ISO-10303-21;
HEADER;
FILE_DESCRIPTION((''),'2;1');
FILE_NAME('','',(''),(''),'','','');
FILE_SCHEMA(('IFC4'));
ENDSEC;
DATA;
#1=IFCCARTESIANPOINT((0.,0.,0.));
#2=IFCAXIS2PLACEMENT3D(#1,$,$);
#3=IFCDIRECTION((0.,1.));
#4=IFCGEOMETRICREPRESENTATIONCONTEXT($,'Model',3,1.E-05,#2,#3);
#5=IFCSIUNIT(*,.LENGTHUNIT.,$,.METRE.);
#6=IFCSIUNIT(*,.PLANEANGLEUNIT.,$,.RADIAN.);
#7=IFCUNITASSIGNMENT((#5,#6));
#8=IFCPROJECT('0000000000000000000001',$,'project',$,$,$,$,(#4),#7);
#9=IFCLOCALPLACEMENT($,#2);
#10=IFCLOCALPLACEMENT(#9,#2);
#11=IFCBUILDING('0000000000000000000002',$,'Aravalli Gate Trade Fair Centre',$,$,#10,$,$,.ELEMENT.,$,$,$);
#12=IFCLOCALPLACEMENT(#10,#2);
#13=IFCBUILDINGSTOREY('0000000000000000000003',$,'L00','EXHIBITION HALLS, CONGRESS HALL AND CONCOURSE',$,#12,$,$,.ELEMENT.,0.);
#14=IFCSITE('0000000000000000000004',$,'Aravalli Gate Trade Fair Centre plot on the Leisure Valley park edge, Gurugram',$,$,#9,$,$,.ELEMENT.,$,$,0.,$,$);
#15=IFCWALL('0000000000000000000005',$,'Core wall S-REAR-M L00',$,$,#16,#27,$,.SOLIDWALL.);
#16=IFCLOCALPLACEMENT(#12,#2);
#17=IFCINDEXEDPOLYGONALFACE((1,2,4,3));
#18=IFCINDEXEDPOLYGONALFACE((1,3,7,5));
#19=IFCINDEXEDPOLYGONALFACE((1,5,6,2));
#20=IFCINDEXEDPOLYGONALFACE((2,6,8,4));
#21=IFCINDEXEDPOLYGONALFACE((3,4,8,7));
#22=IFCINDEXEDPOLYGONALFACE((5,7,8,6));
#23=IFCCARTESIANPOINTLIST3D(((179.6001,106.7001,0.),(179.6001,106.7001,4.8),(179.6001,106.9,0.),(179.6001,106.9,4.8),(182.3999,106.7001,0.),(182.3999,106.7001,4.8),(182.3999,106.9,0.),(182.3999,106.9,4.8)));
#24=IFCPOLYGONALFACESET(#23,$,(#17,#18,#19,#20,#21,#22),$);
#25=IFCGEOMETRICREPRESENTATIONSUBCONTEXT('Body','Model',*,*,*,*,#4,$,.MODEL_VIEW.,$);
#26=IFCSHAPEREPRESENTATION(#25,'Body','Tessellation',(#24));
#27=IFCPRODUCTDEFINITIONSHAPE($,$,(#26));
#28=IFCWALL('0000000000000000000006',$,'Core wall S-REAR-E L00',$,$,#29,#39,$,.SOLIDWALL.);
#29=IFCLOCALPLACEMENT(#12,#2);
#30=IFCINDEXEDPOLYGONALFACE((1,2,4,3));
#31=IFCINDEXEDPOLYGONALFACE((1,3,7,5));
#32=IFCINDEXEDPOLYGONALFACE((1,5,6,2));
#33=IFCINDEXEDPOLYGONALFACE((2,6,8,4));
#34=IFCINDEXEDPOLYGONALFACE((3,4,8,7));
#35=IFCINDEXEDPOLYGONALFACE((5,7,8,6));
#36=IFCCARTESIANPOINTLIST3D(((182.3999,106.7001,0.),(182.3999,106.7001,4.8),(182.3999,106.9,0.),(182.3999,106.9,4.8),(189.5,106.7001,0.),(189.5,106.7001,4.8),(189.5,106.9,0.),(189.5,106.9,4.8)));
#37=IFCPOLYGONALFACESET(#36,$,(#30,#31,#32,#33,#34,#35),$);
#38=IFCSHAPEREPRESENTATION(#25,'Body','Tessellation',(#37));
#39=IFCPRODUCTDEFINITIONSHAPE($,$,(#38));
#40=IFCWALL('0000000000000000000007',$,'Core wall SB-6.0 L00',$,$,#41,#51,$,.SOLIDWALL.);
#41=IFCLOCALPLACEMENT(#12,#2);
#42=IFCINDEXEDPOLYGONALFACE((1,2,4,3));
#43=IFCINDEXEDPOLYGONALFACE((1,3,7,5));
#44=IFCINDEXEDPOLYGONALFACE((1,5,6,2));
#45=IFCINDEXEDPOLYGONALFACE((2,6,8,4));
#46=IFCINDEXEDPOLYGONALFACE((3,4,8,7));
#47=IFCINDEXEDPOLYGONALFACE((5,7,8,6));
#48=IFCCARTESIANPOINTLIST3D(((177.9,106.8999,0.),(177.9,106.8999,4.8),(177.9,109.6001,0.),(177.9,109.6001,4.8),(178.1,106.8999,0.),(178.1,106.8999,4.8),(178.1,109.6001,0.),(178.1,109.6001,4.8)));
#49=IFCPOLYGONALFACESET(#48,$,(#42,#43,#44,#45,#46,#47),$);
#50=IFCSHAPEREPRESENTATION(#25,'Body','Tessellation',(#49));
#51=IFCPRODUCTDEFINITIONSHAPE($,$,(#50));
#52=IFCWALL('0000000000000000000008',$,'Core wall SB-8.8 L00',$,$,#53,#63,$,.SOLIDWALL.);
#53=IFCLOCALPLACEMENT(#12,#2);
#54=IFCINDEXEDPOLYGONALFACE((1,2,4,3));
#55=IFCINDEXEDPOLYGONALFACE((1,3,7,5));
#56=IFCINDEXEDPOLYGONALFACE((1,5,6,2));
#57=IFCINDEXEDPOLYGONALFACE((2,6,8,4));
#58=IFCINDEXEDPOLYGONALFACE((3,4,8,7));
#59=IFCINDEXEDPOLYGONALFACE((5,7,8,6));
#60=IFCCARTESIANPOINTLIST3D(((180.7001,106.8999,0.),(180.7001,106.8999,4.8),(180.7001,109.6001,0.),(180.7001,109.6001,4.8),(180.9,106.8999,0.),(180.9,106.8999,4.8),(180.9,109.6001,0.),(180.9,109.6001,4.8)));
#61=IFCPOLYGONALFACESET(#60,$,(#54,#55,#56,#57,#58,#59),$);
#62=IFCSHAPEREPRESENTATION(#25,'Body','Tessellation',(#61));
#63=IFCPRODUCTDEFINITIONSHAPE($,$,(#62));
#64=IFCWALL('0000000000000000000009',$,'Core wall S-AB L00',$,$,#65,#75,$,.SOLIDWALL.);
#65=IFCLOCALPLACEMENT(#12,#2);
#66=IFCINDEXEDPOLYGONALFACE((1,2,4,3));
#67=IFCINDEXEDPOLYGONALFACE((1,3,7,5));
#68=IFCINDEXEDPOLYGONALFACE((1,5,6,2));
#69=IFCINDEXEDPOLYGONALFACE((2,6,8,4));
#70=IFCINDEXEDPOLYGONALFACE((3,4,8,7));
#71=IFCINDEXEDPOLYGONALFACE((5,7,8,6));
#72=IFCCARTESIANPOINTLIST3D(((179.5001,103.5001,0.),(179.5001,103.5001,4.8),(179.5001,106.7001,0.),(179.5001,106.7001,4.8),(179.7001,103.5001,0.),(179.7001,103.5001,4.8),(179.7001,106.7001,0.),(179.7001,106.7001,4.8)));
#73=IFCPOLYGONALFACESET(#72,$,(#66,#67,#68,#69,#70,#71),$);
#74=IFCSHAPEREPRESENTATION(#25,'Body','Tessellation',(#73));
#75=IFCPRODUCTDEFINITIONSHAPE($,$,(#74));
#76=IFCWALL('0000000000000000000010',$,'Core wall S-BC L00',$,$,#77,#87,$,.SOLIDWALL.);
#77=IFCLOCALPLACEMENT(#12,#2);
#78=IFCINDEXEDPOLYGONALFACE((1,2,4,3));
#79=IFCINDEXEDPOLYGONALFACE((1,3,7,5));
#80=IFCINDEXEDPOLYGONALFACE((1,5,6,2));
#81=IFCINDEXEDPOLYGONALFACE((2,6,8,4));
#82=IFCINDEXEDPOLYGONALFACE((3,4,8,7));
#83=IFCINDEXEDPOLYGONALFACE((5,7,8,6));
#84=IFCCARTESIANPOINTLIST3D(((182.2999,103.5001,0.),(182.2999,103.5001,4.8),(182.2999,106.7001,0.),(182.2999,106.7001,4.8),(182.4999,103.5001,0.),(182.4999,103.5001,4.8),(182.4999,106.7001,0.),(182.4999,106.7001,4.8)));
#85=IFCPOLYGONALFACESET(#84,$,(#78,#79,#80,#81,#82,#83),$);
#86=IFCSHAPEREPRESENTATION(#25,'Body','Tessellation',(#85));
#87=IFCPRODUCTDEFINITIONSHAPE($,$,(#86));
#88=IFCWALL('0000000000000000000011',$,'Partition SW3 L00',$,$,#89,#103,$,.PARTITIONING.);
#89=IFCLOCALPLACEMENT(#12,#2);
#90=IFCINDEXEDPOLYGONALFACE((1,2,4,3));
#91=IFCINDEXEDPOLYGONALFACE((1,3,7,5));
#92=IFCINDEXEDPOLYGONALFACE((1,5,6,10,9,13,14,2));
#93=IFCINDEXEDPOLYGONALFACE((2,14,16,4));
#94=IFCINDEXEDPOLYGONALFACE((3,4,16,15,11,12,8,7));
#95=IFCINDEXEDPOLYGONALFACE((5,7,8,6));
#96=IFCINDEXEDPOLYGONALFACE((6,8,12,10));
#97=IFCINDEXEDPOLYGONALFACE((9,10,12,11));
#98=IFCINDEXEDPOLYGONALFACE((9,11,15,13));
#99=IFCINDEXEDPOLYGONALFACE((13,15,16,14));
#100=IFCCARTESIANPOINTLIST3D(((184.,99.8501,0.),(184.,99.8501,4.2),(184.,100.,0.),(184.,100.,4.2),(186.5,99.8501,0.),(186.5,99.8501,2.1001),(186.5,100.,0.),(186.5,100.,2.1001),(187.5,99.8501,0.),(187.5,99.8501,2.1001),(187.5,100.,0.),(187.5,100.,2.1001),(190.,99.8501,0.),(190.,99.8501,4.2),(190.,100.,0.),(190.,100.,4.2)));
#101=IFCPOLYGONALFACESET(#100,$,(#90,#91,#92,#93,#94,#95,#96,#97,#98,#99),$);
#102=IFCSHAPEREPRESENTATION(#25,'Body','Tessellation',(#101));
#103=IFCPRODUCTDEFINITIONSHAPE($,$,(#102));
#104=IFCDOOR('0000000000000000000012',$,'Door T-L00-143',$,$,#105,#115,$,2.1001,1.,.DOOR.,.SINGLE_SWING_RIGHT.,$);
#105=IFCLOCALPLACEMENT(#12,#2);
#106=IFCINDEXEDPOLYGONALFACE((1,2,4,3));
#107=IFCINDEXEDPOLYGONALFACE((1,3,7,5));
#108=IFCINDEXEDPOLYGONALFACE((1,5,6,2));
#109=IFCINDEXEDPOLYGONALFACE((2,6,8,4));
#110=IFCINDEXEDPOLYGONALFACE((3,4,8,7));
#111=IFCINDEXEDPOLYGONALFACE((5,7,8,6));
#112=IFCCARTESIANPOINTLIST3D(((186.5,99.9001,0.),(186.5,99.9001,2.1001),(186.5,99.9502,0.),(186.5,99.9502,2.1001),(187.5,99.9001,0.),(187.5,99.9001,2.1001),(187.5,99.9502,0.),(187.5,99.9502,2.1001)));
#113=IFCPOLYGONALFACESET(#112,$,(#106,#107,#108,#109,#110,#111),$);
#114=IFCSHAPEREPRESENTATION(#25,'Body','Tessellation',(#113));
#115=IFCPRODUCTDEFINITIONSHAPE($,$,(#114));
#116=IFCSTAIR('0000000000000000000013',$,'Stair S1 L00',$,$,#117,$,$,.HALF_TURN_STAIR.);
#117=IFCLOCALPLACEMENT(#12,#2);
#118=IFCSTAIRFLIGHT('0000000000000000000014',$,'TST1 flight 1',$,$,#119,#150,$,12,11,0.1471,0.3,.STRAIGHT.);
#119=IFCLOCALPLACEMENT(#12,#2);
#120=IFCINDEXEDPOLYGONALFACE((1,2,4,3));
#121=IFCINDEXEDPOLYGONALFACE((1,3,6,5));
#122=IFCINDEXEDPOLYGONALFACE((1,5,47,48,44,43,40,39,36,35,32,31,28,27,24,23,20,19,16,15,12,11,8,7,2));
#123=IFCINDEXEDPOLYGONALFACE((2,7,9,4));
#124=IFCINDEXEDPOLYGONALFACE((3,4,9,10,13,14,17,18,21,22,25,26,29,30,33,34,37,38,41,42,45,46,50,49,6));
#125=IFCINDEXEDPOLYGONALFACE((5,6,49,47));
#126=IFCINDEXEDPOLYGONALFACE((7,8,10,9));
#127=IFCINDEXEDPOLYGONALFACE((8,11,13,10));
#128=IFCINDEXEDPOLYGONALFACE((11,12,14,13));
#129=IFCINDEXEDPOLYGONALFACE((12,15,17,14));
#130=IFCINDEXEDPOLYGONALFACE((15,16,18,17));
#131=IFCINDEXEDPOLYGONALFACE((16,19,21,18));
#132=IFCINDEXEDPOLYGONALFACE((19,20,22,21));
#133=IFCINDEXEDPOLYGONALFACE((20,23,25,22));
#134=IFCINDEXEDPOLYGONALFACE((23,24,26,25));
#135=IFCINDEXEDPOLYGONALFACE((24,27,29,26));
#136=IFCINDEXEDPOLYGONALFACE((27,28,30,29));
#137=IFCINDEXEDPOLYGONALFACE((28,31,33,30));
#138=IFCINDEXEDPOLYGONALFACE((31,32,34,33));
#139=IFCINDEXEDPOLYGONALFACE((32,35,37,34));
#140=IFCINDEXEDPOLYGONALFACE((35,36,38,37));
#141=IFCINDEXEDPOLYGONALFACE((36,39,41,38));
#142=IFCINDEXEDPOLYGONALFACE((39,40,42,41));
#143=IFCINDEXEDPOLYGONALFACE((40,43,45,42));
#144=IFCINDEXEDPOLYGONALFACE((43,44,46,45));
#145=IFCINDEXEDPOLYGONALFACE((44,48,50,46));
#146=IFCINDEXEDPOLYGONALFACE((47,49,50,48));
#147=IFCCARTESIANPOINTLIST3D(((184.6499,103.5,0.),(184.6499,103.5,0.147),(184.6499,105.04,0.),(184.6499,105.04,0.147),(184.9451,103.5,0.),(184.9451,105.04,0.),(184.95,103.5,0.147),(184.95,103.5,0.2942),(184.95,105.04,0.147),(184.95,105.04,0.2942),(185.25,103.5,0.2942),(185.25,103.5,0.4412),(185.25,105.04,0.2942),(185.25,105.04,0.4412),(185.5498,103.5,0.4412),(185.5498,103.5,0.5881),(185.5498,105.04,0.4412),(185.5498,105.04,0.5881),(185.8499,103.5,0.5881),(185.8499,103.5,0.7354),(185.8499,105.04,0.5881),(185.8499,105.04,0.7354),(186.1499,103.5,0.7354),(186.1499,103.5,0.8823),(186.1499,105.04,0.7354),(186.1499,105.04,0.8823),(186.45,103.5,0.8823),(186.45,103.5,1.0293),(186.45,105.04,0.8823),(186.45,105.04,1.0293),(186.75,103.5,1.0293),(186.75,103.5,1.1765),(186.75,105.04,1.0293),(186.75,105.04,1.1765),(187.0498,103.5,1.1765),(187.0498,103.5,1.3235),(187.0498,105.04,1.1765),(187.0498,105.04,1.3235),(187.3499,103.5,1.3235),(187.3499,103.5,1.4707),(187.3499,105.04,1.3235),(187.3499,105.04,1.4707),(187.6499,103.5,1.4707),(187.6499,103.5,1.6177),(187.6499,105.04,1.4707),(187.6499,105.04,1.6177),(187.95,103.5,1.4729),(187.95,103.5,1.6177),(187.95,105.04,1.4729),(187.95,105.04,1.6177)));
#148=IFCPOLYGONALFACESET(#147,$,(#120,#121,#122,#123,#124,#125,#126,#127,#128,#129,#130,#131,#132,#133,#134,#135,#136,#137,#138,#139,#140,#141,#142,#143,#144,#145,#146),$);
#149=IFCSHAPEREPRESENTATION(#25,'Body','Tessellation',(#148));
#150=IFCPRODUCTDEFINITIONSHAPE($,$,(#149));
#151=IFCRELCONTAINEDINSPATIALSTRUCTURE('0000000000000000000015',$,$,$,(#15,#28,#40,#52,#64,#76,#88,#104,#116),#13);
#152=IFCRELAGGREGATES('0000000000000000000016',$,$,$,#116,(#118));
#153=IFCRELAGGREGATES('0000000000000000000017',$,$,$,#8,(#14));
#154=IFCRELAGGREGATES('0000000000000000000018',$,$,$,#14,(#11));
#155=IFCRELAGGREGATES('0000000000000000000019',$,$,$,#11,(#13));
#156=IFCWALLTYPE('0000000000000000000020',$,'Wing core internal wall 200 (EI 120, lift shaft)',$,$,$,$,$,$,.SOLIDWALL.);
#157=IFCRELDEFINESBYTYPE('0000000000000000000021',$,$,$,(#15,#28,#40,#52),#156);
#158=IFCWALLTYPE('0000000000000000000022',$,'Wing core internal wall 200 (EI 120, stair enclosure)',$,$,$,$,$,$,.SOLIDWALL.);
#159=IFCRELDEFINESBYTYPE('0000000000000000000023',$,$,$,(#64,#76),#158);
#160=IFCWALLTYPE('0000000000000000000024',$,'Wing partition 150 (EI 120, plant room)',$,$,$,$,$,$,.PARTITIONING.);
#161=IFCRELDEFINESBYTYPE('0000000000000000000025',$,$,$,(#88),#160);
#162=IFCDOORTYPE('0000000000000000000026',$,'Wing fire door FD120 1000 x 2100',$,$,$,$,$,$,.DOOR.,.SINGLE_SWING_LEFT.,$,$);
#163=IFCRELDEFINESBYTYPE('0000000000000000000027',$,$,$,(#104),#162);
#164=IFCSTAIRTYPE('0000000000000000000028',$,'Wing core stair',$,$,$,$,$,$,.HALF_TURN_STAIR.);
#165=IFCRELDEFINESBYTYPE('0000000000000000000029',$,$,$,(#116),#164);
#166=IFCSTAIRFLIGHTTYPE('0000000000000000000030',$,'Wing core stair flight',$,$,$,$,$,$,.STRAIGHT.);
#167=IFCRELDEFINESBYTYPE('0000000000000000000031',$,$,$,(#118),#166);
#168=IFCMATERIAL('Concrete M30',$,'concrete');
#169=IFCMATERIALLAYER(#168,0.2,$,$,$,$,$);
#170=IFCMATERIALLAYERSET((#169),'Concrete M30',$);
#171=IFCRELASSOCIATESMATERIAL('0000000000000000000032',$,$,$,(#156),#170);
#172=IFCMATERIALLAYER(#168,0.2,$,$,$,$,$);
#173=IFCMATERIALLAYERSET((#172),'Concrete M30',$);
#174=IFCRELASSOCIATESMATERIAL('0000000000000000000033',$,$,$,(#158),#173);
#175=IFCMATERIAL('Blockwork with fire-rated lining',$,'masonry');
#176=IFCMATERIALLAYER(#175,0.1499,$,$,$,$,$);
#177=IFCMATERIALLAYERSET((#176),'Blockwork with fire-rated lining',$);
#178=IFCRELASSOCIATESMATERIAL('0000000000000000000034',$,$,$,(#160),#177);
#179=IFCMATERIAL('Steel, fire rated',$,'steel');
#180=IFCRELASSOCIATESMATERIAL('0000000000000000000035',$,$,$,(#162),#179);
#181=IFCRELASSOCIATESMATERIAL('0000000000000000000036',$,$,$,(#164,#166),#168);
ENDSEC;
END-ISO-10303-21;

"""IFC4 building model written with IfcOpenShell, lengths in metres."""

from ifc_helpers import new_model, si_unit, direction, frame, frame_2d, origin, place, context, subcontext, project, spatial, polyline, rectangle, outline, extrude, material, layer, layer_set, type_object, element, fill, aggregate, save


model = new_model("IFC4")

# Units and contexts
model_context = context("Model", 3, precision=1e-05, world=origin(), true_north=direction((0.0, 1.0)))
body_context = subcontext(model_context, "Body", "Model", "MODEL_VIEW")
ifc_project = project(units=[si_unit("LENGTHUNIT", "METRE"), si_unit("PLANEANGLEUNIT", "RADIAN")], contexts=[model_context])

# Site, building, storey
site_placement = place(None, origin())
site = spatial("IfcSite", under=ifc_project, at=site_placement, Name="Aravalli Gate Trade Fair Centre plot on the Leisure Valley park edge, Gurugram", CompositionType="ELEMENT", RefElevation=0.0)
building_placement = place(site_placement, origin())
building = spatial("IfcBuilding", under=site, at=building_placement, Name="Aravalli Gate Trade Fair Centre", CompositionType="ELEMENT")
storey_placement = place(building_placement, origin())
storey = spatial("IfcBuildingStorey", under=building, at=storey_placement, Name="L00", Description="EXHIBITION HALLS, CONGRESS HALL AND CONCOURSE", CompositionType="ELEMENT", Elevation=0.0)

# Walls
ifc_material_1 = material(Name="Concrete M30", Category="concrete")
ifc_layer_1 = layer(ifc_material_1, 0.2)
ifc_layer_set_1 = layer_set([ifc_layer_1], Name="Concrete M30")
wall_type_1 = type_object("IfcWallType", Name="Wing core internal wall 200 (EI 120, lift shaft)", PredefinedType="SOLIDWALL", material=ifc_layer_set_1)
wall_1_placement = place(storey_placement, frame((179.6001, 106.8, 0.0), z_axis=(0.0, 0.0, 1.0), x_axis=(1.0, 0.0, 0.0)))
element("IfcWall", 1, at=wall_1_placement, inside=storey, type_object=wall_type_1, Name="Core wall S-REAR-M L00", PredefinedType="SOLIDWALL", context=body_context, shape_type="SweptSolid", body=[
    extrude(rectangle(XDim=2.7998, YDim=0.2, at=frame_2d((1.3999, 0.0))), origin(), (0.0, 0.0, 1.0), 4.8),
])
wall_2_placement = place(storey_placement, frame((182.3999, 106.8, 0.0), z_axis=(0.0, 0.0, 1.0), x_axis=(1.0, 0.0, 0.0)))
element("IfcWall", 2, at=wall_2_placement, inside=storey, type_object=wall_type_1, Name="Core wall S-REAR-E L00", PredefinedType="SOLIDWALL", context=body_context, shape_type="SweptSolid", body=[
    extrude(rectangle(XDim=7.1001, YDim=0.2, at=frame_2d((3.55, 0.0))), origin(), (0.0, 0.0, 1.0), 4.8),
])
for number, where, z_axis, x_axis, name in (
    (3, (178.0, 106.8999, 0.0), (0.0, 0.0, 1.0), (0.0, 1.0, 0.0), "Core wall SB-6.0 L00"),
    (4, (180.8, 106.8999, 0.0), (0.0, 0.0, 1.0), (0.0, 1.0, 0.0), "Core wall SB-8.8 L00"),
):
    element("IfcWall", number, at=place(storey_placement, frame(where, z_axis=z_axis, x_axis=x_axis)), inside=storey, type_object=wall_type_1, Name=name, PredefinedType="SOLIDWALL", context=body_context, shape_type="SweptSolid", body=[
        extrude(rectangle(XDim=2.7002, YDim=0.2, at=frame_2d((1.3501, 0.0))), origin(), (0.0, 0.0, 1.0), 4.8),
    ])
ifc_layer_2 = layer(ifc_material_1, 0.2)
ifc_layer_set_2 = layer_set([ifc_layer_2], Name="Concrete M30")
wall_type_2 = type_object("IfcWallType", Name="Wing core internal wall 200 (EI 120, stair enclosure)", PredefinedType="SOLIDWALL", material=ifc_layer_set_2)
for number, where, z_axis, x_axis, name in (
    (5, (179.6001, 103.5, 0.0), (0.0, 0.0, 1.0), (0.0, 1.0, 0.0), "Core wall S-AB L00"),
    (6, (182.3999, 103.5, 0.0), (0.0, 0.0, 1.0), (0.0, 1.0, 0.0), "Core wall S-BC L00"),
):
    element("IfcWall", number, at=place(storey_placement, frame(where, z_axis=z_axis, x_axis=x_axis)), inside=storey, type_object=wall_type_2, Name=name, PredefinedType="SOLIDWALL", context=body_context, shape_type="SweptSolid", body=[
        extrude(rectangle(XDim=3.2, YDim=0.2, at=frame_2d((1.6001, 0.0))), origin(), (0.0, 0.0, 1.0), 4.8),
    ])

# Wall, opening, door
ifc_material_2 = material(Name="Blockwork with fire-rated lining", Category="masonry")
ifc_layer_3 = layer(ifc_material_2, 0.1499)
ifc_layer_set_3 = layer_set([ifc_layer_3], Name="Blockwork with fire-rated lining")
wall_type_3 = type_object("IfcWallType", Name="Wing partition 150 (EI 120, plant room)", PredefinedType="PARTITIONING", material=ifc_layer_set_3)
wall_3_placement = place(storey_placement, frame((184.0, 99.925, 0.0), z_axis=(0.0, 0.0, 1.0), x_axis=(1.0, 0.0, 0.0)))
wall_3 = element("IfcWall", 7, at=wall_3_placement, inside=storey, type_object=wall_type_3, Name="Partition SW3 L00", PredefinedType="PARTITIONING", context=body_context, shape_type="SweptSolid", body=[
    extrude(rectangle(XDim=6.0, YDim=0.1499, at=frame_2d((3.0, 0.0))), origin(), (0.0, 0.0, 1.0), 4.2),
])
opening_placement = place(wall_3_placement, frame((2.5, 0.0, 0.0)))
opening = element("IfcOpeningElement", 8, at=opening_placement, cuts=wall_3, PredefinedType="OPENING", context=body_context, shape_type="SweptSolid", body=[
    extrude(rectangle(XDim=1.0, YDim=2.1001, at=frame_2d((0.5, 1.05))), frame((0.0, 0.085, 0.0), z_axis=(0.0, -1.0, 0.0), x_axis=(1.0, 0.0, 0.0)), (0.0, 0.0, 1.0), 0.1699),
])
ifc_material_3 = material(Name="Steel, fire rated", Category="steel")
door_type = type_object("IfcDoorType", Name="Wing fire door FD120 1000 x 2100", OperationType="SINGLE_SWING_LEFT", PredefinedType="DOOR", material=ifc_material_3)
door_placement = place(opening_placement, frame((1.0, 0.0, 0.0), z_axis=(0.0, 0.0, 1.0), x_axis=(-1.0, 0.0, 0.0)))
door = element("IfcDoor", 9, at=door_placement, inside=storey, type_object=door_type, Name="Door T-L00-143", OperationType="SINGLE_SWING_RIGHT", OverallHeight=2.1001, OverallWidth=1.0, PredefinedType="DOOR", context=body_context, shape_type="SweptSolid", body=[
    extrude(rectangle(XDim=1.0, YDim=2.1001, at=frame_2d((0.5, 1.05))), frame((0.0, 0.0249, 0.0), z_axis=(0.0, -1.0, 0.0), x_axis=(1.0, 0.0, 0.0)), (0.0, 0.0, 1.0), 0.05),
])
fill(opening, door)

# Stair, stair flight
stair_type = type_object("IfcStairType", Name="Wing core stair", PredefinedType="HALF_TURN_STAIR", material=ifc_material_1)
stair_placement = place(storey_placement, origin())
stair = element("IfcStair", 10, at=stair_placement, inside=storey, type_object=stair_type, Name="Stair S1 L00", PredefinedType="HALF_TURN_STAIR")
stair_flight_type = type_object("IfcStairFlightType", Name="Wing core stair flight", PredefinedType="STRAIGHT", material=ifc_material_1)
stair_flight_placement = place(storey_placement, frame((184.6499, 104.27, 0.0), z_axis=(0.0, 0.0, 1.0), x_axis=(1.0, 0.0, 0.0)))
stair_flight = element("IfcStairFlight", 11, at=stair_flight_placement, type_object=stair_flight_type, Name="TST1 flight 1", NumberOfRisers=12, NumberOfTreads=11, PredefinedType="STRAIGHT", RiserHeight=0.1471, TreadLength=0.3, context=body_context, shape_type="SweptSolid", body=[
    extrude(outline(polyline([(0.0, 0.0), (0.0, 0.147), (0.3, 0.147), (0.3, 0.2942), (0.6001, 0.2942), (0.6001, 0.4412), (0.8999, 0.4412), (0.8999, 0.5881), (1.2, 0.5881), (1.2, 0.7354), (1.5, 0.7354), (1.5, 0.8823), (1.8, 0.8823), (1.8, 1.0293), (2.1001, 1.0293), (2.1001, 1.1765), (2.3999, 1.1765), (2.3999, 1.3235), (2.7, 1.3235), (2.7, 1.4707), (3.0, 1.4707), (3.0, 1.6177), (3.3, 1.6177), (3.3, 1.7646), (3.3, 1.4729), (0.2952, 0.0), (0.0, 0.0)])), frame((0.0, 0.77, 0.0), z_axis=(0.0, -1.0, 0.0), x_axis=(1.0, 0.0, 0.0)), (0.0, 0.0, 1.0), 1.54),
])
aggregate(stair, [stair_flight])

save(model, "model.ifc")
